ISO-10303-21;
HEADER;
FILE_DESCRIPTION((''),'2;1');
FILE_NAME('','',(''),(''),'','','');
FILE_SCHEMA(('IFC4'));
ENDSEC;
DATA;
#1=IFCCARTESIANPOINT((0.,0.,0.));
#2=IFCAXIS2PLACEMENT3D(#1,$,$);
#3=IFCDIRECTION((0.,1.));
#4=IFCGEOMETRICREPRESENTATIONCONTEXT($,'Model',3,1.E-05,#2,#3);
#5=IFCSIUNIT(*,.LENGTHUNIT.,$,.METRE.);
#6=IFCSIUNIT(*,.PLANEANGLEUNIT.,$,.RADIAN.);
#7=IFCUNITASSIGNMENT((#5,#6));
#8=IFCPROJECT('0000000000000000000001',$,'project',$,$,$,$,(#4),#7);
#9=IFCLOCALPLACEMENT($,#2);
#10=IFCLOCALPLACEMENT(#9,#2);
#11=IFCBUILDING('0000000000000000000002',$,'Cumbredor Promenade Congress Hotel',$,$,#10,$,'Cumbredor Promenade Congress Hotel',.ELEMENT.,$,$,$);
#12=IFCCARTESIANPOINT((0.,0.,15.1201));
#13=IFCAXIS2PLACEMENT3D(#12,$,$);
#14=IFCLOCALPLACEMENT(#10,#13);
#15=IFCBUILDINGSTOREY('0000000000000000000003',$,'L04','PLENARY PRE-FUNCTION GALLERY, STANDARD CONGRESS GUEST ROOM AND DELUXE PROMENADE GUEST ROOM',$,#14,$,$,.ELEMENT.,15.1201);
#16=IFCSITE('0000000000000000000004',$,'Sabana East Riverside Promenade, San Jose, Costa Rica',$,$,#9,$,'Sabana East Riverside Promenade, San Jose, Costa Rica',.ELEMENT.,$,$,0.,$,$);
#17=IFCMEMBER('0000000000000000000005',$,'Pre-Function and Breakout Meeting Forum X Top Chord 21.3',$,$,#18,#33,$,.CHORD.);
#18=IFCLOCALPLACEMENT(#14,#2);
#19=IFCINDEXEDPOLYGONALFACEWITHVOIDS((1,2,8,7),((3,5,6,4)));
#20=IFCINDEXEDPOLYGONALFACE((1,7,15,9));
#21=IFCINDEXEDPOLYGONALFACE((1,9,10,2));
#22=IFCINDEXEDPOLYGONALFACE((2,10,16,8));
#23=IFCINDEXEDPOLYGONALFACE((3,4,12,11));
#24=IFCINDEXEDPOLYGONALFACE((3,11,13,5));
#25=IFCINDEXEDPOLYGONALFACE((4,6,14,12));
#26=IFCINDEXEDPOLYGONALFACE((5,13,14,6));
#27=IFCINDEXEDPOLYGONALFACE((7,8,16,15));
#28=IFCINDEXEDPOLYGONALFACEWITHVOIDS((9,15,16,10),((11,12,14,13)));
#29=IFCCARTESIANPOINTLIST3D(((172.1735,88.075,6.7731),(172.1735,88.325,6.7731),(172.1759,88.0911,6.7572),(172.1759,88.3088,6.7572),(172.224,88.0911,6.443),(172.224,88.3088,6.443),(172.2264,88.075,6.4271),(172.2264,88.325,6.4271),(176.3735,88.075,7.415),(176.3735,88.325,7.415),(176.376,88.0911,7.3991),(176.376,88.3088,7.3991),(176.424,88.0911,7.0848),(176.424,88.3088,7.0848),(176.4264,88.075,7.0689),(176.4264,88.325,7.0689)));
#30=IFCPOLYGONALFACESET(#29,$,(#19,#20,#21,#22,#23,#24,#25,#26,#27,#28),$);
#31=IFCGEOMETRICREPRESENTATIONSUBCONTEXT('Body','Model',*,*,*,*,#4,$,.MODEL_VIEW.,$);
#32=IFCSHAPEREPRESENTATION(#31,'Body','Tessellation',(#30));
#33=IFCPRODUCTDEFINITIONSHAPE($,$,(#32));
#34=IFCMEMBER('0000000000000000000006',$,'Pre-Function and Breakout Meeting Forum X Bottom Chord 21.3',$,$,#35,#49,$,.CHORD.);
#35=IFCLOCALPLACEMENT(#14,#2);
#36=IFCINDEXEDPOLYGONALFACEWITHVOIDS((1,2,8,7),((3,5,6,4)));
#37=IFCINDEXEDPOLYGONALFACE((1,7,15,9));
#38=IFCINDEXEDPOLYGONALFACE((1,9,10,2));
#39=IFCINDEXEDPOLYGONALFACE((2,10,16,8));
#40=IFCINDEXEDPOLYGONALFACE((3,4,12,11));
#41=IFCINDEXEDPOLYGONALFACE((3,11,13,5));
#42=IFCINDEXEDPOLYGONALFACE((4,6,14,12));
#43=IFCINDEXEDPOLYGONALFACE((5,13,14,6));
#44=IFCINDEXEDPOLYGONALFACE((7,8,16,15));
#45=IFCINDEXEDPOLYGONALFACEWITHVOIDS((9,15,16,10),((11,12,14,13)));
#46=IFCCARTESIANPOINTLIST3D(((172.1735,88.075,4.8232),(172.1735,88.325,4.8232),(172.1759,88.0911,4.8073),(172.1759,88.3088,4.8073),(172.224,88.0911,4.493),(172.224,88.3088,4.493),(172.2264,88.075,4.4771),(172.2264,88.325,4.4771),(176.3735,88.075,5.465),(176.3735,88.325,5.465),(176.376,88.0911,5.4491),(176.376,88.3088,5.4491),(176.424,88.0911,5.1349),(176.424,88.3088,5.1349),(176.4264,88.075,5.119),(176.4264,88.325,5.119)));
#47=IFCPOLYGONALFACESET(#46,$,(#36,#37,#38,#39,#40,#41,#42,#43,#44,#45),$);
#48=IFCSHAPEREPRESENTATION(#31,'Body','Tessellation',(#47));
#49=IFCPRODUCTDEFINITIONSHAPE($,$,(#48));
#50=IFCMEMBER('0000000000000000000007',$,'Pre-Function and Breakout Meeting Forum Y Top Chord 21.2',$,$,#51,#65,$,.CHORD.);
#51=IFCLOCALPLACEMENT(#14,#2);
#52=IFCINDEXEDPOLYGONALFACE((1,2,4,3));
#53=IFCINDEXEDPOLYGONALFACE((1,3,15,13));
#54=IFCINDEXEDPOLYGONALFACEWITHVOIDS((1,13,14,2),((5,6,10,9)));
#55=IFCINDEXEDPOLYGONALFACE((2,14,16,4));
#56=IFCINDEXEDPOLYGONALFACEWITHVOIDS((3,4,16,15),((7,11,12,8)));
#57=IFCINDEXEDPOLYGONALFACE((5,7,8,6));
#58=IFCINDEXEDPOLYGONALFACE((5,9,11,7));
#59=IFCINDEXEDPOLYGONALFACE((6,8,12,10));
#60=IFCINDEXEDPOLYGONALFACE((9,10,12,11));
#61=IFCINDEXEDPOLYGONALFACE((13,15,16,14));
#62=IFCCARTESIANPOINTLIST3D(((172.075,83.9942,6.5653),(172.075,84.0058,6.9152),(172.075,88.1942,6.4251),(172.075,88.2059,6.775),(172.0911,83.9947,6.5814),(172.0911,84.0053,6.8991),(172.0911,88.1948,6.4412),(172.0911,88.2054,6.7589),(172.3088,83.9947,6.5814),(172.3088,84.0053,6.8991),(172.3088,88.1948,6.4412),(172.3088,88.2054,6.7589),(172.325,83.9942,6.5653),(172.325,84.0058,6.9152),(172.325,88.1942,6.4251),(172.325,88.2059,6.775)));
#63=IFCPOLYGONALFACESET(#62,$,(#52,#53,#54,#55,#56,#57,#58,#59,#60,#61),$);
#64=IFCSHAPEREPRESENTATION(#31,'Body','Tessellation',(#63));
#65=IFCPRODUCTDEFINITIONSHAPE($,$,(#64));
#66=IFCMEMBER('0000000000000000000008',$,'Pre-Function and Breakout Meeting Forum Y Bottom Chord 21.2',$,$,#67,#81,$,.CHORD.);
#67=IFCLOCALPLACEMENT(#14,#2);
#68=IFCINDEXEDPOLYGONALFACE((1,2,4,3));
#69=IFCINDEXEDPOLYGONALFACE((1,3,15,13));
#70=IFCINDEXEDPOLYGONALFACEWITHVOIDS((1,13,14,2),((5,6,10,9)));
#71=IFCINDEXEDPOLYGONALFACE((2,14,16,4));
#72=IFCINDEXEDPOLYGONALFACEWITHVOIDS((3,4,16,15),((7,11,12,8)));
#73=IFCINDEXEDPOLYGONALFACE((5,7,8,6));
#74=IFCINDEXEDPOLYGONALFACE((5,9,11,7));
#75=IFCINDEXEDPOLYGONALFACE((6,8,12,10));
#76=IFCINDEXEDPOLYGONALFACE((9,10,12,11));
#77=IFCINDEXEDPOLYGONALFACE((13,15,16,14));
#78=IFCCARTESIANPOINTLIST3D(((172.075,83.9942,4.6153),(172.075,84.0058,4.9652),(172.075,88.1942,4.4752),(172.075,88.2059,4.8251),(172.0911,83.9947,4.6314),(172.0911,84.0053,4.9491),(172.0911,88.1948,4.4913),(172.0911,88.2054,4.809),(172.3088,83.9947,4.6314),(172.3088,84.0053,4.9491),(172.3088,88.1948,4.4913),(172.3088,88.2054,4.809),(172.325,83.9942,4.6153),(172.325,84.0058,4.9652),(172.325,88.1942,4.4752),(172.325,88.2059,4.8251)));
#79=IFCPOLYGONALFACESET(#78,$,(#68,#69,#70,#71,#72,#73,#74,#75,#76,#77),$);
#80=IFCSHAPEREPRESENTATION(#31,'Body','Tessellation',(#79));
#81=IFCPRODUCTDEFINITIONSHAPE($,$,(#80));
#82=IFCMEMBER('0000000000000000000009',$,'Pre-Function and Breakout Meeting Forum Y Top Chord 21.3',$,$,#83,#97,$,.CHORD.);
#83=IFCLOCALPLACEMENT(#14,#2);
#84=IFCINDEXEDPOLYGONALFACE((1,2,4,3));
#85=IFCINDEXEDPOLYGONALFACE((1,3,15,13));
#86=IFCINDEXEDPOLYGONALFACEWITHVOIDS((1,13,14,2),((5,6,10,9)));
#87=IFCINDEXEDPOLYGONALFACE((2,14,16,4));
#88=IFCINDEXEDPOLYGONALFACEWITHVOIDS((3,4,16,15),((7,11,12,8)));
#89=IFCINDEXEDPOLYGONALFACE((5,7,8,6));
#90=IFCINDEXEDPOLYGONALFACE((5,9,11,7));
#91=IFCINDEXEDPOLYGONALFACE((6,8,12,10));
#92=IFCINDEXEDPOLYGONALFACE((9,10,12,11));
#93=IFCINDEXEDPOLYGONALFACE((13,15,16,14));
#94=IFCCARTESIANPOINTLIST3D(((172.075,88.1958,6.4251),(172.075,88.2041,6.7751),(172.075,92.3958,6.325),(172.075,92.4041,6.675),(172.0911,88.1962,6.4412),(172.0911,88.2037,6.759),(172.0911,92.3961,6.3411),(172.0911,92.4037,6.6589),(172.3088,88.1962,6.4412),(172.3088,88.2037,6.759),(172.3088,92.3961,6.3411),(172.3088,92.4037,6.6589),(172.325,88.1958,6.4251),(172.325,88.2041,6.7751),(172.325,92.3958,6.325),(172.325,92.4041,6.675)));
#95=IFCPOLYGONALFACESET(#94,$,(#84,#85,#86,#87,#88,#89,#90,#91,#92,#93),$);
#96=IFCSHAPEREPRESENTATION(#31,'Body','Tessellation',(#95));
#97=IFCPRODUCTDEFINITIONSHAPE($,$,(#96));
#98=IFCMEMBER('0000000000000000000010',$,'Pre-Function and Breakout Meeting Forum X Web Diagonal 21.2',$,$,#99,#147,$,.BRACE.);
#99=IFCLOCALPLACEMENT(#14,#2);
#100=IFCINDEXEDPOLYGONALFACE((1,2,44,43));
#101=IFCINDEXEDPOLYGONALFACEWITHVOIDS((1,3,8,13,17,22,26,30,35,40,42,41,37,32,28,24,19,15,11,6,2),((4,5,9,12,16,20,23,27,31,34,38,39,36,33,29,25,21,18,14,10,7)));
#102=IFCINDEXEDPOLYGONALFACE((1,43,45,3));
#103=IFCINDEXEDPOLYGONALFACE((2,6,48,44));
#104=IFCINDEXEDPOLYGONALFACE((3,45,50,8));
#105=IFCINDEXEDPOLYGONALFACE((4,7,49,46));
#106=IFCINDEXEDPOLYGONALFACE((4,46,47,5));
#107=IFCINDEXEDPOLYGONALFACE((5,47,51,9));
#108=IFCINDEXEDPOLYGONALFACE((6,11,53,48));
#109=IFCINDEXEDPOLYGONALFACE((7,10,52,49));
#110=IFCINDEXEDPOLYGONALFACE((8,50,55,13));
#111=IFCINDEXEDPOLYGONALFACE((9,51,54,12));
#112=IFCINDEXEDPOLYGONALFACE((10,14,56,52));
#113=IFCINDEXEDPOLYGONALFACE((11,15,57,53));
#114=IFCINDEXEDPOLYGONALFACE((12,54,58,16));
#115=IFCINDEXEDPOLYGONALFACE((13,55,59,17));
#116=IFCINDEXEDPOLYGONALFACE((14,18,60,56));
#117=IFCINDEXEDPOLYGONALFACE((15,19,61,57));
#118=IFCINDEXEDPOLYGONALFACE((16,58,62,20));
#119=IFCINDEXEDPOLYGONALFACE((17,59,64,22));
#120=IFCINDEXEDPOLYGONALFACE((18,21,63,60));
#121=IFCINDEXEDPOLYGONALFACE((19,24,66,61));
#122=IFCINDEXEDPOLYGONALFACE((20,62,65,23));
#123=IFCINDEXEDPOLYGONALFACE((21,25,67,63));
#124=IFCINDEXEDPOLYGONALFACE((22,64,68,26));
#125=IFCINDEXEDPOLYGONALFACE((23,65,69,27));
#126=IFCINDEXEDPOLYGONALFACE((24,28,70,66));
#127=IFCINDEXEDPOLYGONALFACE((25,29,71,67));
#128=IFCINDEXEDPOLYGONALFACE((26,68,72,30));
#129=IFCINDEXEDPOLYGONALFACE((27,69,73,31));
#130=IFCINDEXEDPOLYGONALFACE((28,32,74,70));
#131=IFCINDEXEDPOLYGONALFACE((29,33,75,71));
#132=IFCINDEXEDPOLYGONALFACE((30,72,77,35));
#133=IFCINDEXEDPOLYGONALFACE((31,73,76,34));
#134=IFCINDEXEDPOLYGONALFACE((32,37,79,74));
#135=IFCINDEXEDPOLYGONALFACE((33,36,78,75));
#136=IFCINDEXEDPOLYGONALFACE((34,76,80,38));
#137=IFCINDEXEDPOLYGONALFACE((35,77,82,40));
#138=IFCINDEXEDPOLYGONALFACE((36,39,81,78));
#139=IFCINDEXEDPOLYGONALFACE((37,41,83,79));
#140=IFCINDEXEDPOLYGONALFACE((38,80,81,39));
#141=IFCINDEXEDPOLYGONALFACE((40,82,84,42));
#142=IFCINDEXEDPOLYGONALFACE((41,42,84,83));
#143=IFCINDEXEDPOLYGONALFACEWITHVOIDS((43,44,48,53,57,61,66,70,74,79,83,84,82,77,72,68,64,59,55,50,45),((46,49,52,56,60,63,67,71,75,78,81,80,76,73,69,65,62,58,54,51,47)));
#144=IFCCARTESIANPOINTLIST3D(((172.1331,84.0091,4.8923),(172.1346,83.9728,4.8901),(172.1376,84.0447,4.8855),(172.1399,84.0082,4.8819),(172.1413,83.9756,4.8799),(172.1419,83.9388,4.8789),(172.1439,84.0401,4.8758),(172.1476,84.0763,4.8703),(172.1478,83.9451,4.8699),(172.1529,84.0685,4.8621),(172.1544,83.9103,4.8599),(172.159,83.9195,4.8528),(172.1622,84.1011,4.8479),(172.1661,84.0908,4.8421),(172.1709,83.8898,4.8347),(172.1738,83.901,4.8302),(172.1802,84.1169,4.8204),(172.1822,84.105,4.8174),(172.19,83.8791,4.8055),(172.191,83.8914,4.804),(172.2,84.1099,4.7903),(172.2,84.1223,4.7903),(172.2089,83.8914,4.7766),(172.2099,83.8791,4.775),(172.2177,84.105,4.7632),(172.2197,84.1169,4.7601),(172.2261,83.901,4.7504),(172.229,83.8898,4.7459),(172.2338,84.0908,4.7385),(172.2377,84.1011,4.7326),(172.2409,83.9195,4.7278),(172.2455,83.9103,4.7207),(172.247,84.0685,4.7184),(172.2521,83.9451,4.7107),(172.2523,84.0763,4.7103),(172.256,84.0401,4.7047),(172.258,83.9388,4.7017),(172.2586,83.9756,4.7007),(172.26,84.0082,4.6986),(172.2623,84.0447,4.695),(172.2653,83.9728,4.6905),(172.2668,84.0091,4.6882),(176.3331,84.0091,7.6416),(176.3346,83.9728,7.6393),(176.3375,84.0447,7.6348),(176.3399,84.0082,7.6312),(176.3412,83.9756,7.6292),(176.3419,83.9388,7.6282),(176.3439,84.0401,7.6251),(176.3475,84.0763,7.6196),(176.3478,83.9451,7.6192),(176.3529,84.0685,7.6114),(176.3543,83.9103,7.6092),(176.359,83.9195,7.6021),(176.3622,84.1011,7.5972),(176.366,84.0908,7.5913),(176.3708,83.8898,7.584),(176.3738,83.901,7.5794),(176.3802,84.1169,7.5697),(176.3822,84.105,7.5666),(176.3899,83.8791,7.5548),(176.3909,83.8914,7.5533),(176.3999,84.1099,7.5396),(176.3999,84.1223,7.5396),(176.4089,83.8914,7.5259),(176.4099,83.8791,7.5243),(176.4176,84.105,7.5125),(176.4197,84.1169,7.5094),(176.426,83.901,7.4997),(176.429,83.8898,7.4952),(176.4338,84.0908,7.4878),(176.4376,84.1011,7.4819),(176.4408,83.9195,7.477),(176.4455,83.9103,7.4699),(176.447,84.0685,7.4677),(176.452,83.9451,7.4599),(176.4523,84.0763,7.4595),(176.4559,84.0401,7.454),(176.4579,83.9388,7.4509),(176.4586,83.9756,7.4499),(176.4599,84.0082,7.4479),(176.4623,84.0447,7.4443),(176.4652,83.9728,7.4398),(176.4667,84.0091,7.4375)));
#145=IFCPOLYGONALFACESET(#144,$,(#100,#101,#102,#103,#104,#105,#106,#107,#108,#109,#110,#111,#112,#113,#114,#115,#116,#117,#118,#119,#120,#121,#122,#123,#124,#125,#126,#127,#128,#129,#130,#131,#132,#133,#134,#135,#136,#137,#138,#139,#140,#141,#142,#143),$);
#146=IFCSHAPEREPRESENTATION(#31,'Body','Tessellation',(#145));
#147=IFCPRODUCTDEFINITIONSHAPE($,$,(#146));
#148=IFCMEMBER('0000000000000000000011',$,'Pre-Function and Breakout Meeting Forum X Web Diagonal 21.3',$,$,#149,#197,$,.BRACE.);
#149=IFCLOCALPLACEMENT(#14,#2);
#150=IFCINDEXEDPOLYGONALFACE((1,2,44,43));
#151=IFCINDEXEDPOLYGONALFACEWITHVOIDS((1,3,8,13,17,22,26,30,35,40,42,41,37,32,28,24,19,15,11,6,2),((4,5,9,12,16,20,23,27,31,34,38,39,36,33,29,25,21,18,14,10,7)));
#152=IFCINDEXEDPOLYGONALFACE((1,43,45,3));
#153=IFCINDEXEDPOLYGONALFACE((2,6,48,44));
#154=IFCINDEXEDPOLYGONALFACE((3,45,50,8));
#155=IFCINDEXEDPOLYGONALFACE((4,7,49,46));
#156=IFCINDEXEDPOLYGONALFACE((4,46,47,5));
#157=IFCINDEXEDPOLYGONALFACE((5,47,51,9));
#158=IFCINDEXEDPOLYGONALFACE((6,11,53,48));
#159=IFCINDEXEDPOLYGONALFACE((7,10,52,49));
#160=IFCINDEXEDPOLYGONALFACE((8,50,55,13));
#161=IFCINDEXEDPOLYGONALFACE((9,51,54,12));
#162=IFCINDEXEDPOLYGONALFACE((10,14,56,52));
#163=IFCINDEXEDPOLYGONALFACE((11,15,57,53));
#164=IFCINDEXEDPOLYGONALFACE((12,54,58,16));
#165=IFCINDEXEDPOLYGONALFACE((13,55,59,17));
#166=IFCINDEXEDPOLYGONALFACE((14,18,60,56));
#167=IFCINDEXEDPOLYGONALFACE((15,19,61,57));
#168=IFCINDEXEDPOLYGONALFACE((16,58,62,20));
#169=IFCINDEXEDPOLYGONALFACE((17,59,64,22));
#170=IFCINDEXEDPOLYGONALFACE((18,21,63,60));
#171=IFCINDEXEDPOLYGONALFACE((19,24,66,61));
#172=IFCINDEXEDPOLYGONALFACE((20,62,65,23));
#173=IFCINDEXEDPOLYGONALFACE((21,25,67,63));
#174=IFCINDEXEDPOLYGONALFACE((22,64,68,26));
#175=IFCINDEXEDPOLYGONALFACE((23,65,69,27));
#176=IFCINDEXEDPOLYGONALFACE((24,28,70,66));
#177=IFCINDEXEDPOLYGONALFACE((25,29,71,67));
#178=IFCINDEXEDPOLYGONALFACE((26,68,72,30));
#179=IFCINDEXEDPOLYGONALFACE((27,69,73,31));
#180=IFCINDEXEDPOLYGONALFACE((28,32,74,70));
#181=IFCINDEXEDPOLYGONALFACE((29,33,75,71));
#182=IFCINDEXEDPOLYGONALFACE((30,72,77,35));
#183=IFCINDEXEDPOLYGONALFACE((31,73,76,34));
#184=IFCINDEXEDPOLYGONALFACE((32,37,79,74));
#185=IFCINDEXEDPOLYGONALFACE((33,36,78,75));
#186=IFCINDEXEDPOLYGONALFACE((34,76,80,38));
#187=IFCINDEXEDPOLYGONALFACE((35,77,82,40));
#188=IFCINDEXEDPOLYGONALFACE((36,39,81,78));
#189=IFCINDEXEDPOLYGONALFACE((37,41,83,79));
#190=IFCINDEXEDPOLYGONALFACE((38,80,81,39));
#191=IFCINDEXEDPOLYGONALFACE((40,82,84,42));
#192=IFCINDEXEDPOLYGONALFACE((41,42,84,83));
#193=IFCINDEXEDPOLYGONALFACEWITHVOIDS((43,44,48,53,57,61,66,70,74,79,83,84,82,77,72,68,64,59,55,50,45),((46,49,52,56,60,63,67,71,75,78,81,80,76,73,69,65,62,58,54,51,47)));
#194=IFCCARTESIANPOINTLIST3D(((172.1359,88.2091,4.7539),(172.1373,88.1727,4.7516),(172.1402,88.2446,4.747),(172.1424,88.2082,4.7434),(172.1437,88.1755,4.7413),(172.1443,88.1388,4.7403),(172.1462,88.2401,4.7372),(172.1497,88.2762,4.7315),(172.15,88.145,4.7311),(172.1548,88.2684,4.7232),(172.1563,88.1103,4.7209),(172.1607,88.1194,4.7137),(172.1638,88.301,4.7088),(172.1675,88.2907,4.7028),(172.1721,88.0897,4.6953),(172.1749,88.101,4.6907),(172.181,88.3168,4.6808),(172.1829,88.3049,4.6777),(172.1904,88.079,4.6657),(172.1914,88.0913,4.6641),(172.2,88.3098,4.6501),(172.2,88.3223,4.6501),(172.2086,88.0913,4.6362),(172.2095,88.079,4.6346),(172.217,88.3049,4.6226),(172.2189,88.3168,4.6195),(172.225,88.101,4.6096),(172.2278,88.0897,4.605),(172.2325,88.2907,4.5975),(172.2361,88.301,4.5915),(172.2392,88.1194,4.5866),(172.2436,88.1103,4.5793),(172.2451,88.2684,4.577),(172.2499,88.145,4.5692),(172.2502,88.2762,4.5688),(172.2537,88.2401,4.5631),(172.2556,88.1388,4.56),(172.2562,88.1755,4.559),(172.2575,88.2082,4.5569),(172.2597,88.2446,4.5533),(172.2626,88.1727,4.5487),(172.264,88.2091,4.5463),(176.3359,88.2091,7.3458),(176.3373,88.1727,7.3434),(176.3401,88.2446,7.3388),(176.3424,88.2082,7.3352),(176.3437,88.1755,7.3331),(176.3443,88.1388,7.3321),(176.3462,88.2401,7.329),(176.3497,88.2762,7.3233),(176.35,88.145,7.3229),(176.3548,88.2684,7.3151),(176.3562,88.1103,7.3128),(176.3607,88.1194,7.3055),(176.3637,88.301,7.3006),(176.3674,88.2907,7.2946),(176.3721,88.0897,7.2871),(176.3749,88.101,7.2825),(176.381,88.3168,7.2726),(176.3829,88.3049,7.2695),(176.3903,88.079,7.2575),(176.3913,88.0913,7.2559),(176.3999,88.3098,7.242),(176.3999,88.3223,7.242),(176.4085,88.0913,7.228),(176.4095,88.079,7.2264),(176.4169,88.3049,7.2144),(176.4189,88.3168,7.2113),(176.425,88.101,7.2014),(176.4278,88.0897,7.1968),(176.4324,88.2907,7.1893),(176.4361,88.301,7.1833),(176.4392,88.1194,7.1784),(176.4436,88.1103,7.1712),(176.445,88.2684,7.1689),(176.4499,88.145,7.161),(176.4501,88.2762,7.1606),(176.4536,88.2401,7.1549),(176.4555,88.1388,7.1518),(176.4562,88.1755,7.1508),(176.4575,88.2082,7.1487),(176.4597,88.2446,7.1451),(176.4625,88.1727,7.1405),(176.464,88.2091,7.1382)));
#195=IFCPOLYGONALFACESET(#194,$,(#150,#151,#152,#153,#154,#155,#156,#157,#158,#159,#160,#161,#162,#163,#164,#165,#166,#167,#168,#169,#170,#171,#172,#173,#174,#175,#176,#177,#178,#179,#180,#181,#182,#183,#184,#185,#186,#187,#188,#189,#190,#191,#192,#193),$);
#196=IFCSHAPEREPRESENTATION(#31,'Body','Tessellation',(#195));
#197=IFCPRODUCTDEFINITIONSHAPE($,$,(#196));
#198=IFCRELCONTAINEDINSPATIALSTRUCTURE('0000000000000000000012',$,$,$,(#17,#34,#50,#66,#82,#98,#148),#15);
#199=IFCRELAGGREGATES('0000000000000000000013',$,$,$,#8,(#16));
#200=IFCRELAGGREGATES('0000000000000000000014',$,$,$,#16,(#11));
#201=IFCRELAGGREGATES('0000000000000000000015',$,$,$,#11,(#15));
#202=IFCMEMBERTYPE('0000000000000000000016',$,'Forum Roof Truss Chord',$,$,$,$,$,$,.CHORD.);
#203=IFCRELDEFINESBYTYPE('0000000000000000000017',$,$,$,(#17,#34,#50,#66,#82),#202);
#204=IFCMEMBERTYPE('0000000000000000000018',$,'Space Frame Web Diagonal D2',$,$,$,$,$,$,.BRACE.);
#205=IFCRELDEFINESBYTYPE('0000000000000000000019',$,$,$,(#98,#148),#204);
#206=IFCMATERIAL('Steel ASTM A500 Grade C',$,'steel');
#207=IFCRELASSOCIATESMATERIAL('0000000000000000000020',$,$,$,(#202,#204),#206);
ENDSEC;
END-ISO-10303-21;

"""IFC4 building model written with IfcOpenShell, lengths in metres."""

from ifc_helpers import new_model, si_unit, direction, frame, origin, origin_2d, place, context, subcontext, project, spatial, hollow_rectangle, hollow_circle, extrude, material, material_profile, profile_set, type_object, element, save


model = new_model("IFC4")

# Units and contexts
model_context = context("Model", 3, precision=1e-05, world=origin(), true_north=direction((0.0, 1.0)))
body_context = subcontext(model_context, "Body", "Model", "MODEL_VIEW")
ifc_project = project(units=[si_unit("LENGTHUNIT", "METRE"), si_unit("PLANEANGLEUNIT", "RADIAN")], contexts=[model_context])

# Site, building, storey
site_placement = place(None, origin())
site = spatial("IfcSite", under=ifc_project, at=site_placement, Name="Sabana East Riverside Promenade, San Jose, Costa Rica", LongName="Sabana East Riverside Promenade, San Jose, Costa Rica", CompositionType="ELEMENT", RefElevation=0.0)
building_placement = place(site_placement, origin())
building = spatial("IfcBuilding", under=site, at=building_placement, Name="Cumbredor Promenade Congress Hotel", LongName="Cumbredor Promenade Congress Hotel", CompositionType="ELEMENT")
storey_placement = place(building_placement, frame((0.0, 0.0, 15.1201)))
storey = spatial("IfcBuildingStorey", under=building, at=storey_placement, Name="L04", Description="PLENARY PRE-FUNCTION GALLERY, STANDARD CONGRESS GUEST ROOM AND DELUXE PROMENADE GUEST ROOM", CompositionType="ELEMENT", Elevation=15.1201)

# Members
ifc_material_1 = material(Name="Steel ASTM A500 Grade C", Category="steel")
ifc_material_profile_1 = material_profile(ifc_material_1, hollow_rectangle(XDim=0.25, YDim=0.3501, WallThickness=0.0161, at=origin_2d()), Name="HSS 350x250x16")
ifc_profile_set_1 = profile_set([ifc_material_profile_1], Name="Steel ASTM A500 Grade C")
member_type_1 = type_object("IfcMemberType", Name="Forum Roof Truss Chord", PredefinedType="CHORD", material=ifc_profile_set_1)
for number, where, z_axis, x_axis, name in (
    (1, (172.2, 88.2, 6.6001), (0.988523, 0.0, 0.151068), (0.0, 1.0, 0.0), "Pre-Function and Breakout Meeting Forum X Top Chord 21.3"),
    (2, (172.2, 88.2, 4.6501), (0.988523, 0.0, 0.151068), (0.0, 1.0, 0.0), "Pre-Function and Breakout Meeting Forum X Bottom Chord 21.3"),
):
    element("IfcMember", number, at=place(storey_placement, frame(where, z_axis=z_axis, x_axis=x_axis)), inside=storey, type_object=member_type_1, Name=name, PredefinedType="CHORD", context=body_context, shape_type="SweptSolid", body=[
        extrude(hollow_rectangle(XDim=0.25, YDim=0.3501, WallThickness=0.0161, at=origin_2d()), origin(), (0.0, 0.0, 1.0), 4.2488),
    ])
for number, where, z_axis, x_axis, name in (
    (3, (172.2, 84.0, 6.7402), (0.0, 0.999444, -0.033348), (-1.0, 0.0, 0.0), "Pre-Function and Breakout Meeting Forum Y Top Chord 21.2"),
    (4, (172.2, 84.0, 4.7903), (0.0, 0.999444, -0.033348), (-1.0, 0.0, 0.0), "Pre-Function and Breakout Meeting Forum Y Bottom Chord 21.2"),
):
    element("IfcMember", number, at=place(storey_placement, frame(where, z_axis=z_axis, x_axis=x_axis)), inside=storey, type_object=member_type_1, Name=name, PredefinedType="CHORD", context=body_context, shape_type="SweptSolid", body=[
        extrude(hollow_rectangle(XDim=0.25, YDim=0.3501, WallThickness=0.0161, at=origin_2d()), origin(), (0.0, 0.0, 1.0), 4.2024),
    ])
member_1_placement = place(storey_placement, frame((172.2, 88.2, 6.6001), z_axis=(0.0, 0.999716, -0.023826), x_axis=(-1.0, 0.0, 0.0)))
element("IfcMember", 5, at=member_1_placement, inside=storey, type_object=member_type_1, Name="Pre-Function and Breakout Meeting Forum Y Top Chord 21.3", PredefinedType="CHORD", context=body_context, shape_type="SweptSolid", body=[
    extrude(hollow_rectangle(XDim=0.25, YDim=0.3501, WallThickness=0.0161, at=origin_2d()), origin(), (0.0, 0.0, 1.0), 4.2012),
])
ifc_material_profile_2 = material_profile(ifc_material_1, hollow_circle(Radius=0.1223, WallThickness=0.0125, at=origin_2d()), Name="CHS 244.5x12.5")
ifc_profile_set_2 = profile_set([ifc_material_profile_2], Name="Steel ASTM A500 Grade C")
member_type_2 = type_object("IfcMemberType", Name="Space Frame Web Diagonal D2", PredefinedType="BRACE", material=ifc_profile_set_2)
member_2_placement = place(storey_placement, frame((172.2, 84.0, 4.7903), z_axis=(0.836682, 0.0, 0.547688), x_axis=(0.0, 1.0, 0.0)))
element("IfcMember", 6, at=member_2_placement, inside=storey, type_object=member_type_2, Name="Pre-Function and Breakout Meeting Forum X Web Diagonal 21.2", PredefinedType="BRACE", context=body_context, shape_type="SweptSolid", body=[
    extrude(hollow_circle(Radius=0.1223, WallThickness=0.0125, at=origin_2d()), origin(), (0.0, 0.0, 1.0), 5.0198),
])
member_3_placement = place(storey_placement, frame((172.2, 88.2, 4.6501), z_axis=(0.851005, 0.0, 0.525157), x_axis=(0.0, 1.0, 0.0)))
element("IfcMember", 7, at=member_3_placement, inside=storey, type_object=member_type_2, Name="Pre-Function and Breakout Meeting Forum X Web Diagonal 21.3", PredefinedType="BRACE", context=body_context, shape_type="SweptSolid", body=[
    extrude(hollow_circle(Radius=0.1223, WallThickness=0.0125, at=origin_2d()), origin(), (0.0, 0.0, 1.0), 4.9353),
])

save(model, "model.ifc")
